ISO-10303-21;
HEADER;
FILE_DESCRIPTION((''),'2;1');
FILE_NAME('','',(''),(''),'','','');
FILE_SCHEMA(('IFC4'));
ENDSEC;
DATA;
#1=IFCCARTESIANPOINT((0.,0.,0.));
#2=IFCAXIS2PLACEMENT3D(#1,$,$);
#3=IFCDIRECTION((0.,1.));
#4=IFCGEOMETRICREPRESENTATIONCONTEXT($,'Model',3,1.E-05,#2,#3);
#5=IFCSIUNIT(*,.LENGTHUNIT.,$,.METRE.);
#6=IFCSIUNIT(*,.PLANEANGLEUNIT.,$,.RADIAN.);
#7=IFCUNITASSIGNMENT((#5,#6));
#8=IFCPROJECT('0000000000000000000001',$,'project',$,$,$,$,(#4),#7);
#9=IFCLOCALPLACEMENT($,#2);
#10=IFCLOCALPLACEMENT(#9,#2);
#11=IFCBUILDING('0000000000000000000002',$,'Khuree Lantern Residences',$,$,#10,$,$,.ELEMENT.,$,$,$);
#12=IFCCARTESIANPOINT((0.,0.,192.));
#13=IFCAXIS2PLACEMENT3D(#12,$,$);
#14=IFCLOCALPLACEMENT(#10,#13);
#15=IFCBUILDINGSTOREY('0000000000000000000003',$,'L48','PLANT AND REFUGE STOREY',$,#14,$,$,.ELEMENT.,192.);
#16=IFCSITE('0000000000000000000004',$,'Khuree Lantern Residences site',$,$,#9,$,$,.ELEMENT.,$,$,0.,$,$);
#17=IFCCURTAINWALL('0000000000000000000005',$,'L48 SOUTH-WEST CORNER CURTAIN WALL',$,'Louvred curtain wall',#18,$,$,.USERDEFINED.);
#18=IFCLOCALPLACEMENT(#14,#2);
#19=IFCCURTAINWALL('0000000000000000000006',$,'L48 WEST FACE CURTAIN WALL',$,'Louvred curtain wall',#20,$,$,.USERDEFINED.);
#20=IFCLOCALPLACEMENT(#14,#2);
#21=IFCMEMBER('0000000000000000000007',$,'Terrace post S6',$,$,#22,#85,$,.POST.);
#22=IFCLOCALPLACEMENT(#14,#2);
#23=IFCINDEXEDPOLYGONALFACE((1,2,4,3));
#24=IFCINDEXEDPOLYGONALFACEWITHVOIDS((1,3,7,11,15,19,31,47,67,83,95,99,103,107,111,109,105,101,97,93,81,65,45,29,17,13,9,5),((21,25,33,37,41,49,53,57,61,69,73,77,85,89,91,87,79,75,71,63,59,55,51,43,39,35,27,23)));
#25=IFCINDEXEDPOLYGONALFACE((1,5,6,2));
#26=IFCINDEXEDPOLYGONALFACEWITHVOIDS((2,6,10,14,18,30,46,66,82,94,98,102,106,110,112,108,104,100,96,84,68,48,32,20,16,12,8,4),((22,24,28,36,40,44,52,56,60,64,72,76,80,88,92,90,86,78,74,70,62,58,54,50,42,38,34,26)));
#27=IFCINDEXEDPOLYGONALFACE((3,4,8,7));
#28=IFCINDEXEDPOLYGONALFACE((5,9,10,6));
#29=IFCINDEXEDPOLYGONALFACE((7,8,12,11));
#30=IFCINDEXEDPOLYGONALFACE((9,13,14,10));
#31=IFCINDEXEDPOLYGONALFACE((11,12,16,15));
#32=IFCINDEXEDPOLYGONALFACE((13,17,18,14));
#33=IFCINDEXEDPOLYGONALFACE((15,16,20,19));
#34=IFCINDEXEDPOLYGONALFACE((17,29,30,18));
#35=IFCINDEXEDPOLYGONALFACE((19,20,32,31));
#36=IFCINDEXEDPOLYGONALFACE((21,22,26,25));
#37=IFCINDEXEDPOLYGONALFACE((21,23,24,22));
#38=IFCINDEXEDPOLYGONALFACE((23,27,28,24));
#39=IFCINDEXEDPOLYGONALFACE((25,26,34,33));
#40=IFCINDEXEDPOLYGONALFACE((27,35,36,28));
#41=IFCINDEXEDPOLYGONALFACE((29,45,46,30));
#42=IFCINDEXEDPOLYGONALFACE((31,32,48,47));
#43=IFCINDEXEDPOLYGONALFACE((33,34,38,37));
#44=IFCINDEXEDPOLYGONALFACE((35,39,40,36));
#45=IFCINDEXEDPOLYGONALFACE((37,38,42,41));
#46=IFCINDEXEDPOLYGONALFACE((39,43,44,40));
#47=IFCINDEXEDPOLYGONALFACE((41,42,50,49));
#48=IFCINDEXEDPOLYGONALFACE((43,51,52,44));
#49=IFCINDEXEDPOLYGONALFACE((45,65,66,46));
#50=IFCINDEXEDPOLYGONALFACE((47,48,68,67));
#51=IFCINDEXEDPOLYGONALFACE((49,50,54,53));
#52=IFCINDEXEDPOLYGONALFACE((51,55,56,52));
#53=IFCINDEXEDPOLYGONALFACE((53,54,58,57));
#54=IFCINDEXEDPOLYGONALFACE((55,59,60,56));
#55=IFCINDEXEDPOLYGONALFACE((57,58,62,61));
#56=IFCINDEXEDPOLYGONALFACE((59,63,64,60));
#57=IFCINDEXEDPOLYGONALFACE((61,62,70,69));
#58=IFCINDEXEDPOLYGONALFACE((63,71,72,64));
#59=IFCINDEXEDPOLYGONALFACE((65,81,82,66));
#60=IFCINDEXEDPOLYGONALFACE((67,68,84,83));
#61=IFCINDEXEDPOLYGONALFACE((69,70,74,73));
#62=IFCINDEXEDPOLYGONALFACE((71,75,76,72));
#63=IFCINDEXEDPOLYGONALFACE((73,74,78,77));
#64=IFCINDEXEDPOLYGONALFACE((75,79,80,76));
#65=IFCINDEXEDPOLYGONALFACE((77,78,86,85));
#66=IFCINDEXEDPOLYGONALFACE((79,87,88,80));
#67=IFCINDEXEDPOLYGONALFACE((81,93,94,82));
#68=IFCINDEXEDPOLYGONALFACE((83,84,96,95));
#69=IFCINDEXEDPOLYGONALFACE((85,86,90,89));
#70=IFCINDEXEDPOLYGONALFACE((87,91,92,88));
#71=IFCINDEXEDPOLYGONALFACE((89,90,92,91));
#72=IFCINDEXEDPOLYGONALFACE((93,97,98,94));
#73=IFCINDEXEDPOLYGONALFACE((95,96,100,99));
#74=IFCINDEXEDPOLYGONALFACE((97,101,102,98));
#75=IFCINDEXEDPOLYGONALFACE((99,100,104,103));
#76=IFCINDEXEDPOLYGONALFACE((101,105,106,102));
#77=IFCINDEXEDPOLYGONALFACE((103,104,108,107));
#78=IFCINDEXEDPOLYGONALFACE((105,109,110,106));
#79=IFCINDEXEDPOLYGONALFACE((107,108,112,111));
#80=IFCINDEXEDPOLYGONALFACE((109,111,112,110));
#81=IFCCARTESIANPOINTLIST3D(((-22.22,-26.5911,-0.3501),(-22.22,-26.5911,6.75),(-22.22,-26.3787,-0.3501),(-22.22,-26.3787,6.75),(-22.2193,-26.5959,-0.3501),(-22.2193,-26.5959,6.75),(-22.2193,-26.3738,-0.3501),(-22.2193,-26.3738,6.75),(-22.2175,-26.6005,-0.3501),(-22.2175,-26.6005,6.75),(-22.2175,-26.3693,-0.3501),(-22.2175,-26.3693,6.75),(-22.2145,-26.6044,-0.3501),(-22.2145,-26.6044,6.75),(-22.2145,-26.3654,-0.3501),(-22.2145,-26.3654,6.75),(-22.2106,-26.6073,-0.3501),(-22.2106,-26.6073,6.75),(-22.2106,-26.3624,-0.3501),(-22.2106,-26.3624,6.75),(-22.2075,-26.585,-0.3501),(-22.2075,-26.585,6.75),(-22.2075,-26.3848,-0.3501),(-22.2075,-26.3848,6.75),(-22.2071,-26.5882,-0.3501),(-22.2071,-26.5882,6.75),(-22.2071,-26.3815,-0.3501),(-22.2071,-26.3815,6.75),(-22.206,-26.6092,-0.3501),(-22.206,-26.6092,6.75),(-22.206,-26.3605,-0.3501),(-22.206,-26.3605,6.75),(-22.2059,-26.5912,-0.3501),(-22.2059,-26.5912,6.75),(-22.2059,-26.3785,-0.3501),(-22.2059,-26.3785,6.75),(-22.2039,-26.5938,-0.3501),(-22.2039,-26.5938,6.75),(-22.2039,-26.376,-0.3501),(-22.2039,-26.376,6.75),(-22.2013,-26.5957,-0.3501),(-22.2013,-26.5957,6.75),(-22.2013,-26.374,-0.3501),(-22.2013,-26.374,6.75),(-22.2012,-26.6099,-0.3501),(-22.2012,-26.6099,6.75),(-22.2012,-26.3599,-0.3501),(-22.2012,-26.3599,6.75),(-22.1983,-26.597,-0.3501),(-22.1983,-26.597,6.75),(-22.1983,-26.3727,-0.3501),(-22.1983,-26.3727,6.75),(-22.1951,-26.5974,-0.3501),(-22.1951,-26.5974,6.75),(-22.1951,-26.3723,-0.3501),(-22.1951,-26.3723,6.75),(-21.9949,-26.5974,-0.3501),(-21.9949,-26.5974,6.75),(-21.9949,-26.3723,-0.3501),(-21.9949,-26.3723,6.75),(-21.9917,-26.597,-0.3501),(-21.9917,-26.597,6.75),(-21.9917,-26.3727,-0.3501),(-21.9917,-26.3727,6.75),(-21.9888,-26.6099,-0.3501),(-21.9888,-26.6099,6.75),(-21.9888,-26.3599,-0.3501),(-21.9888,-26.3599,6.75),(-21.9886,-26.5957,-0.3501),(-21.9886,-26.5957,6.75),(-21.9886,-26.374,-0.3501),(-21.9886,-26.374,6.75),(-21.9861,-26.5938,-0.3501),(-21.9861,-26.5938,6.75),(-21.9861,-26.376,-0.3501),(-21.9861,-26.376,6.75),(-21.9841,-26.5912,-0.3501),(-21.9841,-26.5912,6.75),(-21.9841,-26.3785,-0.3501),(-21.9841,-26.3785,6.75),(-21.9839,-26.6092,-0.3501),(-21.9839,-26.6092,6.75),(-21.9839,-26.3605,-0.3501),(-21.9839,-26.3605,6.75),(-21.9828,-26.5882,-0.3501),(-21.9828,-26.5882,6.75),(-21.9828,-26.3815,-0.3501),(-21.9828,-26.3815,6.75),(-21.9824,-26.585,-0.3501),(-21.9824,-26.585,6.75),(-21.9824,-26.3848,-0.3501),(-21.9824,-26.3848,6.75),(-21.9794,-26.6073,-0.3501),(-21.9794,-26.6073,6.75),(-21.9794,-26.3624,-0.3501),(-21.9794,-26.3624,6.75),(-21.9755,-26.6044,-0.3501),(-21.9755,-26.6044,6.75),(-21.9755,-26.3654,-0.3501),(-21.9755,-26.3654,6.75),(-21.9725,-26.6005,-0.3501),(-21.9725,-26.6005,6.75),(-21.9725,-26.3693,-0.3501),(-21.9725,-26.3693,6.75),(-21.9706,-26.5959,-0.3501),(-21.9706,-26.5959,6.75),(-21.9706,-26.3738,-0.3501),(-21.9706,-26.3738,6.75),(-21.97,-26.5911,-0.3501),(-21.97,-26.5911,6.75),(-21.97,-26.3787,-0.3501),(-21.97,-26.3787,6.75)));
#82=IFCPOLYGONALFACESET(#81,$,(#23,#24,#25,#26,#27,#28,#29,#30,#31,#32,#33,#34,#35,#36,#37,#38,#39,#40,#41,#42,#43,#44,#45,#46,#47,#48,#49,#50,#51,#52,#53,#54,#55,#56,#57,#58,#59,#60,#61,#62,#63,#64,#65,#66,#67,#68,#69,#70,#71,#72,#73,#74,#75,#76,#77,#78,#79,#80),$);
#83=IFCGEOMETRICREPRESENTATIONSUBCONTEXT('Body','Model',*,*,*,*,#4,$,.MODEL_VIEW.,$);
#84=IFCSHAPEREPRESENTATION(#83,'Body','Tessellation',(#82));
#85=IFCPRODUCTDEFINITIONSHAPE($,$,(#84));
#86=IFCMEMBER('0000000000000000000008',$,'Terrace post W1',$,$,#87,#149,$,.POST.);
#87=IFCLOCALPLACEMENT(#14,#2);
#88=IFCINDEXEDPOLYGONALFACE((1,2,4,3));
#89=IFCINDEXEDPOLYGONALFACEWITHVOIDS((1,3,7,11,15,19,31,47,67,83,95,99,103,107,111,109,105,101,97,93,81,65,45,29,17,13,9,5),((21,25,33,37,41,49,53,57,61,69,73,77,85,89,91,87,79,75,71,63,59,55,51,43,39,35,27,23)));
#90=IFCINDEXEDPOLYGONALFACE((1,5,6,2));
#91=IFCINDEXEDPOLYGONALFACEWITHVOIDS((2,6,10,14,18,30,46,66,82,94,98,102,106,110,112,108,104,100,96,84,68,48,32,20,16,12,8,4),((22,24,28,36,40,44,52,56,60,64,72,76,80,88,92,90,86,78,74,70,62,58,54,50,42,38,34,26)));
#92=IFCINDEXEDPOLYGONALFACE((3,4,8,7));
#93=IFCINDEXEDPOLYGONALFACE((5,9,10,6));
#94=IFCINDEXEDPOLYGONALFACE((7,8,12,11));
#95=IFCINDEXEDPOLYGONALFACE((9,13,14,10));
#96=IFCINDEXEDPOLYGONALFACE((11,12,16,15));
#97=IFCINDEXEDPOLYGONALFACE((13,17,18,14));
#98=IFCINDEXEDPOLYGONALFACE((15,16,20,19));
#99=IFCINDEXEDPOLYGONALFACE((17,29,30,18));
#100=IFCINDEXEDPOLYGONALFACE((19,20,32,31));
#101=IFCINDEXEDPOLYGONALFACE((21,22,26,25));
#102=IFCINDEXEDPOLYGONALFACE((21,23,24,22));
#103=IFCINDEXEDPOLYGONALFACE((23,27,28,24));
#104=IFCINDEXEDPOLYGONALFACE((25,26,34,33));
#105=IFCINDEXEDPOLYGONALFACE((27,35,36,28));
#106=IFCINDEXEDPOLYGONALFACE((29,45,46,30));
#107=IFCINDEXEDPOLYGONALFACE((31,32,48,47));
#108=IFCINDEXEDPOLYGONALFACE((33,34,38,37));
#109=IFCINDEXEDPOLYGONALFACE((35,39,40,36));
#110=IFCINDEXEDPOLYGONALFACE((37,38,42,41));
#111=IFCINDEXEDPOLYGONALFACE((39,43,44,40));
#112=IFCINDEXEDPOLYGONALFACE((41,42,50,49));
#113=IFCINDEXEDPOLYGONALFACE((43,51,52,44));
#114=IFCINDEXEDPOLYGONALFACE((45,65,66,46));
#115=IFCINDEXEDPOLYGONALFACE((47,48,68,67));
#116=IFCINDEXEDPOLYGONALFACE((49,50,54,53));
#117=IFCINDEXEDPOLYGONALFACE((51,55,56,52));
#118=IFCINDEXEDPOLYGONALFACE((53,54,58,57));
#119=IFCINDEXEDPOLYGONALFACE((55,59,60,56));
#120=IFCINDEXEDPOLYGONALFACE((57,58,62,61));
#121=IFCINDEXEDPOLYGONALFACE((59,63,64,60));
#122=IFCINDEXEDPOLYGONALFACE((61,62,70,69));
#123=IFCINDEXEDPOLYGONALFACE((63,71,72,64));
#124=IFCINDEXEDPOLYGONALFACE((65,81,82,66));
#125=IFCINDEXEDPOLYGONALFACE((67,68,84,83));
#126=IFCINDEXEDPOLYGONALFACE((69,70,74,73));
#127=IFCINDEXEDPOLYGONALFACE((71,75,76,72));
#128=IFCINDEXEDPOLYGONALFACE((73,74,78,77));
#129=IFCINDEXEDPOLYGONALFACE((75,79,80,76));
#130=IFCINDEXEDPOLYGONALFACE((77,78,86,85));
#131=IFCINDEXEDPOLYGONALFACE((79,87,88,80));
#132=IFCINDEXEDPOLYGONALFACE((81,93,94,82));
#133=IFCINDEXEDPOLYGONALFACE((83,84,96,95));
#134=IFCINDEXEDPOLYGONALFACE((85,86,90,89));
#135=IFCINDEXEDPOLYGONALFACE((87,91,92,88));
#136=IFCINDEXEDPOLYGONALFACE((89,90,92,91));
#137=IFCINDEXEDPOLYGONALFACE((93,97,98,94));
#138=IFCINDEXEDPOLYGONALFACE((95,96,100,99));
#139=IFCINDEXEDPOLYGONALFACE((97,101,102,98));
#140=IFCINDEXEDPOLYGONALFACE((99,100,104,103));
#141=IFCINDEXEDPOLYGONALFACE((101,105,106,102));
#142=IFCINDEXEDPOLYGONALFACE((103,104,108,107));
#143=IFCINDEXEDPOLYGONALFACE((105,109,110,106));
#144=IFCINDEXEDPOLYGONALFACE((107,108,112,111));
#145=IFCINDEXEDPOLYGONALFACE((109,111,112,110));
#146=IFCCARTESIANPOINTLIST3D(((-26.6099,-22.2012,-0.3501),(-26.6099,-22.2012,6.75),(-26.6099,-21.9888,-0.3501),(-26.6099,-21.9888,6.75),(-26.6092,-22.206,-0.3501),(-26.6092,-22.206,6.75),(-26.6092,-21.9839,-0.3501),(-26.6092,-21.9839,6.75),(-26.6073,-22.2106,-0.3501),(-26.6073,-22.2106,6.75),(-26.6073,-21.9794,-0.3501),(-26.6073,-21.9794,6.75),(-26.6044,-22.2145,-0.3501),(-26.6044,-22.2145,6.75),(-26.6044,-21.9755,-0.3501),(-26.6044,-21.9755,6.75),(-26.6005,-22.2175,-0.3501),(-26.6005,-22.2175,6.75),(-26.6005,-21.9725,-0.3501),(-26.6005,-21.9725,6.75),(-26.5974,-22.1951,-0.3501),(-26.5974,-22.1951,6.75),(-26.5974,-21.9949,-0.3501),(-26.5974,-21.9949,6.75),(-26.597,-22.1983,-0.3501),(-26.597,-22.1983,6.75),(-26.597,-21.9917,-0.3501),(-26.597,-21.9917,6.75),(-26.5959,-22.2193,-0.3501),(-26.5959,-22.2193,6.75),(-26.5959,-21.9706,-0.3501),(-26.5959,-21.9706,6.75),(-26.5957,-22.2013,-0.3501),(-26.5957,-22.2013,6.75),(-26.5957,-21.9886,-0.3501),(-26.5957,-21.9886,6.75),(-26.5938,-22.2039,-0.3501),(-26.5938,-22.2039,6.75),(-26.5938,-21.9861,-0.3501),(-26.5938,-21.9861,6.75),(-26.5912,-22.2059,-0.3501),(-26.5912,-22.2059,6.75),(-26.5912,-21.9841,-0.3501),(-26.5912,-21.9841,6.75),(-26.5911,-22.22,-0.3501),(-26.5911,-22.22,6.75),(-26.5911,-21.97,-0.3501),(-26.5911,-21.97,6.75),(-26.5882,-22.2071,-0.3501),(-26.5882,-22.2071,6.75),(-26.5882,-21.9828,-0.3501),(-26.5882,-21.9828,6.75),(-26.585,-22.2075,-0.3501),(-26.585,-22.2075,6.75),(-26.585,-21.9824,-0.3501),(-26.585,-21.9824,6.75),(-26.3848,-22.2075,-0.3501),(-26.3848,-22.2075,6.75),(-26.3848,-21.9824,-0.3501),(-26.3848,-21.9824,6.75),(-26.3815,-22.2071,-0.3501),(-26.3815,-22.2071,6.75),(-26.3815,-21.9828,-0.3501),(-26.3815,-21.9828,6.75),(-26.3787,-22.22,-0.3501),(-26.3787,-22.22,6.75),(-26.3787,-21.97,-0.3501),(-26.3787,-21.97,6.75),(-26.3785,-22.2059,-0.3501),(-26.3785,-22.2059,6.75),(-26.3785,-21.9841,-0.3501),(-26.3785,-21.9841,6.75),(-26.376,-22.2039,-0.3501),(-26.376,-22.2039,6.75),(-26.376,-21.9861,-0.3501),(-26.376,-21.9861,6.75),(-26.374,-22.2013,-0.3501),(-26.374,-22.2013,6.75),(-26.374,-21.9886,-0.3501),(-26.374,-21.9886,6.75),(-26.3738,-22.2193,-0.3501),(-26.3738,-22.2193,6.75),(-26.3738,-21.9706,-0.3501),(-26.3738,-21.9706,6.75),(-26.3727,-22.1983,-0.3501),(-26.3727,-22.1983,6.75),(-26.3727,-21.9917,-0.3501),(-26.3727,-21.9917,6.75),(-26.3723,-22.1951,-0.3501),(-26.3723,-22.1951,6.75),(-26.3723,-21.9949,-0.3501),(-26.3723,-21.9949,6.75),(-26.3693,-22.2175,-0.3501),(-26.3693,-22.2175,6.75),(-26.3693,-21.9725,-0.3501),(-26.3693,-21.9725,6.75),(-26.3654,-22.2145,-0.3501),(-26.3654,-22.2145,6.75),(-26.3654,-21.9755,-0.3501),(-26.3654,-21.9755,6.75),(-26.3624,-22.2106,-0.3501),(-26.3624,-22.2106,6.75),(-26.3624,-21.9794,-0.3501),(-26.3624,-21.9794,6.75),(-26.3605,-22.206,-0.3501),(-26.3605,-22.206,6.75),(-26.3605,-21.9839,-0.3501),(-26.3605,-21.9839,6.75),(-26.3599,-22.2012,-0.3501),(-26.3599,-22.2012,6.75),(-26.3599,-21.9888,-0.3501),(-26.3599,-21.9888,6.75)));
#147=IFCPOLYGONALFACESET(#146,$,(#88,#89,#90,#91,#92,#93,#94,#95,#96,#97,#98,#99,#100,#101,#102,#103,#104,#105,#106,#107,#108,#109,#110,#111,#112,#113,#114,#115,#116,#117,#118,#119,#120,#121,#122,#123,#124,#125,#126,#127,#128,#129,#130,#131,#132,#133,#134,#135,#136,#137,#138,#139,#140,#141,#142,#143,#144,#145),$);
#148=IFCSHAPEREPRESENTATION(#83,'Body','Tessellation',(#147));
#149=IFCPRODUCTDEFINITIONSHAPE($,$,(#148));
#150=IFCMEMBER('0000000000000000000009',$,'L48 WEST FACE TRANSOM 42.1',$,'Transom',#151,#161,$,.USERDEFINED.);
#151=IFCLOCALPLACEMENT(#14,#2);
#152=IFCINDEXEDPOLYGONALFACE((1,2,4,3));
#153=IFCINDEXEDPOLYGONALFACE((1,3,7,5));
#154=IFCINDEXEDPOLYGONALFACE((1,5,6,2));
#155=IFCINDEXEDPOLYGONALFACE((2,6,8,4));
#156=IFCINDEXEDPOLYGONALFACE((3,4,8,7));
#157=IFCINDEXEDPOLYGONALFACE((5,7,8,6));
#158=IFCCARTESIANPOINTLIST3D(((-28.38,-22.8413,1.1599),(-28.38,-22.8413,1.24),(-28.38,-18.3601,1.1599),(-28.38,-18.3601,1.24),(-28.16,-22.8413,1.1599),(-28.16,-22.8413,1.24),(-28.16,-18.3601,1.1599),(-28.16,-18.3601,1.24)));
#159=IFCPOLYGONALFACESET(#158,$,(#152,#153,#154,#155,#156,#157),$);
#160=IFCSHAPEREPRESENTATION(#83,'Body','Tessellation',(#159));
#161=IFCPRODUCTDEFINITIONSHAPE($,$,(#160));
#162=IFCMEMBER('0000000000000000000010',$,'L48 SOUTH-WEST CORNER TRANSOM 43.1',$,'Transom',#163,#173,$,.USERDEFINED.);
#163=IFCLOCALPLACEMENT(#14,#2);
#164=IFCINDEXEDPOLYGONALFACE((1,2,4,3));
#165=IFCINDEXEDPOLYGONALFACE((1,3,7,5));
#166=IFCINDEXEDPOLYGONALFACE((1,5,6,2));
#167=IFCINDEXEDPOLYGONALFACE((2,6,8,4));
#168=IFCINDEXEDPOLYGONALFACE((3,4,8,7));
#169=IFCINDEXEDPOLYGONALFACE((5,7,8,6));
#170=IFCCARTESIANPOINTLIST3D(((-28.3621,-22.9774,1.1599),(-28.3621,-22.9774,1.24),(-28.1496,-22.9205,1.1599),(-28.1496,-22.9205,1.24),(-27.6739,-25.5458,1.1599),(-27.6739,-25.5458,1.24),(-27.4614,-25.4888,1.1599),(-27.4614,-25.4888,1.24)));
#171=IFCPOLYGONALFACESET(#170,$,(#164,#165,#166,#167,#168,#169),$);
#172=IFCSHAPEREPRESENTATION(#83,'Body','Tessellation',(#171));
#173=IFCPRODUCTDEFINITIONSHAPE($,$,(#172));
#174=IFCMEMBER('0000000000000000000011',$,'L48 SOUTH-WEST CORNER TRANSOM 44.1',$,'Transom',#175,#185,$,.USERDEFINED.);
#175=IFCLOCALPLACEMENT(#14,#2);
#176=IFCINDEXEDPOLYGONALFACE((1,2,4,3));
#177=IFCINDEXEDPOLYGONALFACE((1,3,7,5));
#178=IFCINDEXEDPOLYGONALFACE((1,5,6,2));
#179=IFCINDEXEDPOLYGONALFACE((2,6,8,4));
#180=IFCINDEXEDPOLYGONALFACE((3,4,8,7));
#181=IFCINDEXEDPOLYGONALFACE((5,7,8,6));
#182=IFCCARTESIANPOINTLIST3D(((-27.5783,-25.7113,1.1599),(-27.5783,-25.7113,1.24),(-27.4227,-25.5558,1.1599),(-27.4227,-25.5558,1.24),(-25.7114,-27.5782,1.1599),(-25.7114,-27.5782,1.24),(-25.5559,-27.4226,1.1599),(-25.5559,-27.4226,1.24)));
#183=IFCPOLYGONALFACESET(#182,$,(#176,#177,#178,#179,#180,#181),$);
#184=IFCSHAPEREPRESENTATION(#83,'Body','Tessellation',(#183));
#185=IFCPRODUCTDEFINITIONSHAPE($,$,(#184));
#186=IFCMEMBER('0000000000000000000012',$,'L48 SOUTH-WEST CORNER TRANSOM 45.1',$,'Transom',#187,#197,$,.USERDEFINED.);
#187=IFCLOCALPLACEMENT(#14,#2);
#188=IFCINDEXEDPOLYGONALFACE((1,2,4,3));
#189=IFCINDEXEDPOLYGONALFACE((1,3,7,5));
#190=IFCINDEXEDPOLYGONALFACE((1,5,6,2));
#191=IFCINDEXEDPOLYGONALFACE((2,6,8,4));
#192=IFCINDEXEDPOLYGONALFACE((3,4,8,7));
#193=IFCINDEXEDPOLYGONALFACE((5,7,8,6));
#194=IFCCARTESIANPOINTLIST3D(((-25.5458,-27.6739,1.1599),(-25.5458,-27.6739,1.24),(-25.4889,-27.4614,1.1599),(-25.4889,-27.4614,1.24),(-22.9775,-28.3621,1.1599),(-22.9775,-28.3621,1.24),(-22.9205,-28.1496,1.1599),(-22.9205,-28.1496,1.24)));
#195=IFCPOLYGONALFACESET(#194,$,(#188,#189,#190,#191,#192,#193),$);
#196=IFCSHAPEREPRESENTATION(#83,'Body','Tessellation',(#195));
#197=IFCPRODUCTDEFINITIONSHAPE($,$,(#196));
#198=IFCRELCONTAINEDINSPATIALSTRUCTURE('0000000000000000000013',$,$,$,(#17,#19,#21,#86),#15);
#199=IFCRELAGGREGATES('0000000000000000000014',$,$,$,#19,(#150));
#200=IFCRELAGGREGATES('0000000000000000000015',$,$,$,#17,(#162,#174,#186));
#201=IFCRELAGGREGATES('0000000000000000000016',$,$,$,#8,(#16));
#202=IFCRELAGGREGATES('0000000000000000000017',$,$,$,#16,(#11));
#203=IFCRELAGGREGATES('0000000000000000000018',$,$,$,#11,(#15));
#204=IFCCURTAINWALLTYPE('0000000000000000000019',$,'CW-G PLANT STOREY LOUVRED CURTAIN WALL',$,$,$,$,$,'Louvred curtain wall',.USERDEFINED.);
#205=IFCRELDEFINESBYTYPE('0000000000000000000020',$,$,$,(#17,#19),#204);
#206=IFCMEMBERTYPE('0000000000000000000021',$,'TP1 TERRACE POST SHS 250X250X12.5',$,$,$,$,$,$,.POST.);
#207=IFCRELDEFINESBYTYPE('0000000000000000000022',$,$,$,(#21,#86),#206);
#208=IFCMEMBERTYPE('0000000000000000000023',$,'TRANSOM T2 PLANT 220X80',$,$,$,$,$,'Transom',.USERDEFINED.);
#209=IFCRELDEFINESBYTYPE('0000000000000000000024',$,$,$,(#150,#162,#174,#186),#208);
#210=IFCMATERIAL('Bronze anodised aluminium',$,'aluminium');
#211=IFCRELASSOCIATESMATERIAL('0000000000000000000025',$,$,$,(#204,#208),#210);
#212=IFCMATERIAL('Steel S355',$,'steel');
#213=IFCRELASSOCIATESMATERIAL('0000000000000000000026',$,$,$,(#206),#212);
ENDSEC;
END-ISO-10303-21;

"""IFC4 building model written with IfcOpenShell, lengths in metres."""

from ifc_helpers import new_model, si_unit, direction, frame, origin, origin_2d, place, context, subcontext, project, spatial, rectangle, hollow_rectangle, extrude, material, material_profile, profile_set, type_object, element, aggregate, save


model = new_model("IFC4")

# Units and contexts
model_context = context("Model", 3, precision=1e-05, world=origin(), true_north=direction((0.0, 1.0)))
body_context = subcontext(model_context, "Body", "Model", "MODEL_VIEW")
ifc_project = project(units=[si_unit("LENGTHUNIT", "METRE"), si_unit("PLANEANGLEUNIT", "RADIAN")], contexts=[model_context])

# Site, building, storey
site_placement = place(None, origin())
site = spatial("IfcSite", under=ifc_project, at=site_placement, Name="Khuree Lantern Residences site", CompositionType="ELEMENT", RefElevation=0.0)
building_placement = place(site_placement, origin())
building = spatial("IfcBuilding", under=site, at=building_placement, Name="Khuree Lantern Residences", CompositionType="ELEMENT")
storey_placement = place(building_placement, frame((0.0, 0.0, 192.0)))
storey = spatial("IfcBuildingStorey", under=building, at=storey_placement, Name="L48", Description="PLANT AND REFUGE STOREY", CompositionType="ELEMENT", Elevation=192.0)

# Shared definitions
ifc_material_1 = material(Name="Steel S355", Category="steel")

# Curtain wall
ifc_material_2 = material(Name="Bronze anodised aluminium", Category="aluminium")
curtain_wall_type = type_object("IfcCurtainWallType", Name="CW-G PLANT STOREY LOUVRED CURTAIN WALL", ElementType="Louvred curtain wall", PredefinedType="USERDEFINED", material=ifc_material_2)
curtain_wall_1_placement = place(storey_placement, origin())
curtain_wall_1 = element("IfcCurtainWall", 1, at=curtain_wall_1_placement, inside=storey, type_object=curtain_wall_type, Name="L48 SOUTH-WEST CORNER CURTAIN WALL", ObjectType="Louvred curtain wall", PredefinedType="USERDEFINED")

# Curtain wall
curtain_wall_2_placement = place(storey_placement, origin())
curtain_wall_2 = element("IfcCurtainWall", 2, at=curtain_wall_2_placement, inside=storey, type_object=curtain_wall_type, Name="L48 WEST FACE CURTAIN WALL", ObjectType="Louvred curtain wall", PredefinedType="USERDEFINED")

# Members
ifc_material_profile_1 = material_profile(ifc_material_1, hollow_rectangle(XDim=0.25, YDim=0.25, WallThickness=0.0125, InnerFilletRadius=0.0125, OuterFilletRadius=0.0188, at=origin_2d()), Name="SHS 250X250X12.5")
ifc_profile_set_1 = profile_set([ifc_material_profile_1], Name="Steel S355")
member_type_1 = type_object("IfcMemberType", Name="TP1 TERRACE POST SHS 250X250X12.5", PredefinedType="POST", material=ifc_profile_set_1)
for number, where, z_axis, x_axis, name in (
    (3, (-22.095, -26.4849, -0.3501), (0.0, 0.0, 1.0), (1.0, 0.0, 0.0), "Terrace post S6"),
    (4, (-26.4849, -22.095, -0.3501), (0.0, 0.0, 1.0), (1.0, 0.0, 0.0), "Terrace post W1"),
):
    element("IfcMember", number, at=place(storey_placement, frame(where, z_axis=z_axis, x_axis=x_axis)), inside=storey, type_object=member_type_1, Name=name, PredefinedType="POST", context=body_context, shape_type="SweptSolid", body=[
        extrude(hollow_rectangle(XDim=0.25, YDim=0.25, WallThickness=0.0125, InnerFilletRadius=0.0125, OuterFilletRadius=0.0188, at=origin_2d()), origin(), (0.0, 0.0, 1.0), 7.1001),
    ])

# Members
ifc_material_profile_2 = material_profile(ifc_material_2, rectangle(XDim=0.22, YDim=0.0801, at=origin_2d()), Name="T2 220X80")
ifc_profile_set_2 = profile_set([ifc_material_profile_2], Name="Bronze anodised aluminium")
member_type_2 = type_object("IfcMemberType", Name="TRANSOM T2 PLANT 220X80", ElementType="Transom", PredefinedType="USERDEFINED", material=ifc_profile_set_2)
member_1_placement = place(storey_placement, frame((-28.27, -18.3601, 1.2), z_axis=(0.0, -1.0, 0.0), x_axis=(1.0, 0.0, 0.0)))
member_1 = element("IfcMember", 5, at=member_1_placement, type_object=member_type_2, Name="L48 WEST FACE TRANSOM 42.1", ObjectType="Transom", PredefinedType="USERDEFINED", context=body_context, shape_type="SweptSolid", body=[
    extrude(rectangle(XDim=0.22, YDim=0.0801, at=origin_2d()), origin(), (0.0, 0.0, 1.0), 4.4812),
])
member_2_placement = place(storey_placement, frame((-28.2559, -22.949, 1.2), z_axis=(0.258834, -0.965922, 0.0), x_axis=(0.965922, 0.258834, 0.0)))
member_2 = element("IfcMember", 6, at=member_2_placement, type_object=member_type_2, Name="L48 SOUTH-WEST CORNER TRANSOM 43.1", ObjectType="Transom", PredefinedType="USERDEFINED", context=body_context, shape_type="SweptSolid", body=[
    extrude(rectangle(XDim=0.22, YDim=0.0801, at=origin_2d()), origin(), (0.0, 0.0, 1.0), 2.6589),
])
member_3_placement = place(storey_placement, frame((-27.5005, -25.6335, 1.2), z_axis=(0.707107, -0.707107, 0.0), x_axis=(0.707107, 0.707107, 0.0)))
member_3 = element("IfcMember", 7, at=member_3_placement, type_object=member_type_2, Name="L48 SOUTH-WEST CORNER TRANSOM 44.1", ObjectType="Transom", PredefinedType="USERDEFINED", context=body_context, shape_type="SweptSolid", body=[
    extrude(rectangle(XDim=0.22, YDim=0.0801, at=origin_2d()), origin(), (0.0, 0.0, 1.0), 2.6401),
])
member_4_placement = place(storey_placement, frame((-25.5173, -27.5676, 1.2), z_axis=(0.965922, -0.258834, 0.0), x_axis=(0.258834, 0.965922, 0.0)))
member_4 = element("IfcMember", 8, at=member_4_placement, type_object=member_type_2, Name="L48 SOUTH-WEST CORNER TRANSOM 45.1", ObjectType="Transom", PredefinedType="USERDEFINED", context=body_context, shape_type="SweptSolid", body=[
    extrude(rectangle(XDim=0.22, YDim=0.0801, at=origin_2d()), origin(), (0.0, 0.0, 1.0), 2.6589),
])

aggregate(curtain_wall_2, [member_1])
aggregate(curtain_wall_1, [member_2, member_3, member_4])

save(model, "model.ifc")
